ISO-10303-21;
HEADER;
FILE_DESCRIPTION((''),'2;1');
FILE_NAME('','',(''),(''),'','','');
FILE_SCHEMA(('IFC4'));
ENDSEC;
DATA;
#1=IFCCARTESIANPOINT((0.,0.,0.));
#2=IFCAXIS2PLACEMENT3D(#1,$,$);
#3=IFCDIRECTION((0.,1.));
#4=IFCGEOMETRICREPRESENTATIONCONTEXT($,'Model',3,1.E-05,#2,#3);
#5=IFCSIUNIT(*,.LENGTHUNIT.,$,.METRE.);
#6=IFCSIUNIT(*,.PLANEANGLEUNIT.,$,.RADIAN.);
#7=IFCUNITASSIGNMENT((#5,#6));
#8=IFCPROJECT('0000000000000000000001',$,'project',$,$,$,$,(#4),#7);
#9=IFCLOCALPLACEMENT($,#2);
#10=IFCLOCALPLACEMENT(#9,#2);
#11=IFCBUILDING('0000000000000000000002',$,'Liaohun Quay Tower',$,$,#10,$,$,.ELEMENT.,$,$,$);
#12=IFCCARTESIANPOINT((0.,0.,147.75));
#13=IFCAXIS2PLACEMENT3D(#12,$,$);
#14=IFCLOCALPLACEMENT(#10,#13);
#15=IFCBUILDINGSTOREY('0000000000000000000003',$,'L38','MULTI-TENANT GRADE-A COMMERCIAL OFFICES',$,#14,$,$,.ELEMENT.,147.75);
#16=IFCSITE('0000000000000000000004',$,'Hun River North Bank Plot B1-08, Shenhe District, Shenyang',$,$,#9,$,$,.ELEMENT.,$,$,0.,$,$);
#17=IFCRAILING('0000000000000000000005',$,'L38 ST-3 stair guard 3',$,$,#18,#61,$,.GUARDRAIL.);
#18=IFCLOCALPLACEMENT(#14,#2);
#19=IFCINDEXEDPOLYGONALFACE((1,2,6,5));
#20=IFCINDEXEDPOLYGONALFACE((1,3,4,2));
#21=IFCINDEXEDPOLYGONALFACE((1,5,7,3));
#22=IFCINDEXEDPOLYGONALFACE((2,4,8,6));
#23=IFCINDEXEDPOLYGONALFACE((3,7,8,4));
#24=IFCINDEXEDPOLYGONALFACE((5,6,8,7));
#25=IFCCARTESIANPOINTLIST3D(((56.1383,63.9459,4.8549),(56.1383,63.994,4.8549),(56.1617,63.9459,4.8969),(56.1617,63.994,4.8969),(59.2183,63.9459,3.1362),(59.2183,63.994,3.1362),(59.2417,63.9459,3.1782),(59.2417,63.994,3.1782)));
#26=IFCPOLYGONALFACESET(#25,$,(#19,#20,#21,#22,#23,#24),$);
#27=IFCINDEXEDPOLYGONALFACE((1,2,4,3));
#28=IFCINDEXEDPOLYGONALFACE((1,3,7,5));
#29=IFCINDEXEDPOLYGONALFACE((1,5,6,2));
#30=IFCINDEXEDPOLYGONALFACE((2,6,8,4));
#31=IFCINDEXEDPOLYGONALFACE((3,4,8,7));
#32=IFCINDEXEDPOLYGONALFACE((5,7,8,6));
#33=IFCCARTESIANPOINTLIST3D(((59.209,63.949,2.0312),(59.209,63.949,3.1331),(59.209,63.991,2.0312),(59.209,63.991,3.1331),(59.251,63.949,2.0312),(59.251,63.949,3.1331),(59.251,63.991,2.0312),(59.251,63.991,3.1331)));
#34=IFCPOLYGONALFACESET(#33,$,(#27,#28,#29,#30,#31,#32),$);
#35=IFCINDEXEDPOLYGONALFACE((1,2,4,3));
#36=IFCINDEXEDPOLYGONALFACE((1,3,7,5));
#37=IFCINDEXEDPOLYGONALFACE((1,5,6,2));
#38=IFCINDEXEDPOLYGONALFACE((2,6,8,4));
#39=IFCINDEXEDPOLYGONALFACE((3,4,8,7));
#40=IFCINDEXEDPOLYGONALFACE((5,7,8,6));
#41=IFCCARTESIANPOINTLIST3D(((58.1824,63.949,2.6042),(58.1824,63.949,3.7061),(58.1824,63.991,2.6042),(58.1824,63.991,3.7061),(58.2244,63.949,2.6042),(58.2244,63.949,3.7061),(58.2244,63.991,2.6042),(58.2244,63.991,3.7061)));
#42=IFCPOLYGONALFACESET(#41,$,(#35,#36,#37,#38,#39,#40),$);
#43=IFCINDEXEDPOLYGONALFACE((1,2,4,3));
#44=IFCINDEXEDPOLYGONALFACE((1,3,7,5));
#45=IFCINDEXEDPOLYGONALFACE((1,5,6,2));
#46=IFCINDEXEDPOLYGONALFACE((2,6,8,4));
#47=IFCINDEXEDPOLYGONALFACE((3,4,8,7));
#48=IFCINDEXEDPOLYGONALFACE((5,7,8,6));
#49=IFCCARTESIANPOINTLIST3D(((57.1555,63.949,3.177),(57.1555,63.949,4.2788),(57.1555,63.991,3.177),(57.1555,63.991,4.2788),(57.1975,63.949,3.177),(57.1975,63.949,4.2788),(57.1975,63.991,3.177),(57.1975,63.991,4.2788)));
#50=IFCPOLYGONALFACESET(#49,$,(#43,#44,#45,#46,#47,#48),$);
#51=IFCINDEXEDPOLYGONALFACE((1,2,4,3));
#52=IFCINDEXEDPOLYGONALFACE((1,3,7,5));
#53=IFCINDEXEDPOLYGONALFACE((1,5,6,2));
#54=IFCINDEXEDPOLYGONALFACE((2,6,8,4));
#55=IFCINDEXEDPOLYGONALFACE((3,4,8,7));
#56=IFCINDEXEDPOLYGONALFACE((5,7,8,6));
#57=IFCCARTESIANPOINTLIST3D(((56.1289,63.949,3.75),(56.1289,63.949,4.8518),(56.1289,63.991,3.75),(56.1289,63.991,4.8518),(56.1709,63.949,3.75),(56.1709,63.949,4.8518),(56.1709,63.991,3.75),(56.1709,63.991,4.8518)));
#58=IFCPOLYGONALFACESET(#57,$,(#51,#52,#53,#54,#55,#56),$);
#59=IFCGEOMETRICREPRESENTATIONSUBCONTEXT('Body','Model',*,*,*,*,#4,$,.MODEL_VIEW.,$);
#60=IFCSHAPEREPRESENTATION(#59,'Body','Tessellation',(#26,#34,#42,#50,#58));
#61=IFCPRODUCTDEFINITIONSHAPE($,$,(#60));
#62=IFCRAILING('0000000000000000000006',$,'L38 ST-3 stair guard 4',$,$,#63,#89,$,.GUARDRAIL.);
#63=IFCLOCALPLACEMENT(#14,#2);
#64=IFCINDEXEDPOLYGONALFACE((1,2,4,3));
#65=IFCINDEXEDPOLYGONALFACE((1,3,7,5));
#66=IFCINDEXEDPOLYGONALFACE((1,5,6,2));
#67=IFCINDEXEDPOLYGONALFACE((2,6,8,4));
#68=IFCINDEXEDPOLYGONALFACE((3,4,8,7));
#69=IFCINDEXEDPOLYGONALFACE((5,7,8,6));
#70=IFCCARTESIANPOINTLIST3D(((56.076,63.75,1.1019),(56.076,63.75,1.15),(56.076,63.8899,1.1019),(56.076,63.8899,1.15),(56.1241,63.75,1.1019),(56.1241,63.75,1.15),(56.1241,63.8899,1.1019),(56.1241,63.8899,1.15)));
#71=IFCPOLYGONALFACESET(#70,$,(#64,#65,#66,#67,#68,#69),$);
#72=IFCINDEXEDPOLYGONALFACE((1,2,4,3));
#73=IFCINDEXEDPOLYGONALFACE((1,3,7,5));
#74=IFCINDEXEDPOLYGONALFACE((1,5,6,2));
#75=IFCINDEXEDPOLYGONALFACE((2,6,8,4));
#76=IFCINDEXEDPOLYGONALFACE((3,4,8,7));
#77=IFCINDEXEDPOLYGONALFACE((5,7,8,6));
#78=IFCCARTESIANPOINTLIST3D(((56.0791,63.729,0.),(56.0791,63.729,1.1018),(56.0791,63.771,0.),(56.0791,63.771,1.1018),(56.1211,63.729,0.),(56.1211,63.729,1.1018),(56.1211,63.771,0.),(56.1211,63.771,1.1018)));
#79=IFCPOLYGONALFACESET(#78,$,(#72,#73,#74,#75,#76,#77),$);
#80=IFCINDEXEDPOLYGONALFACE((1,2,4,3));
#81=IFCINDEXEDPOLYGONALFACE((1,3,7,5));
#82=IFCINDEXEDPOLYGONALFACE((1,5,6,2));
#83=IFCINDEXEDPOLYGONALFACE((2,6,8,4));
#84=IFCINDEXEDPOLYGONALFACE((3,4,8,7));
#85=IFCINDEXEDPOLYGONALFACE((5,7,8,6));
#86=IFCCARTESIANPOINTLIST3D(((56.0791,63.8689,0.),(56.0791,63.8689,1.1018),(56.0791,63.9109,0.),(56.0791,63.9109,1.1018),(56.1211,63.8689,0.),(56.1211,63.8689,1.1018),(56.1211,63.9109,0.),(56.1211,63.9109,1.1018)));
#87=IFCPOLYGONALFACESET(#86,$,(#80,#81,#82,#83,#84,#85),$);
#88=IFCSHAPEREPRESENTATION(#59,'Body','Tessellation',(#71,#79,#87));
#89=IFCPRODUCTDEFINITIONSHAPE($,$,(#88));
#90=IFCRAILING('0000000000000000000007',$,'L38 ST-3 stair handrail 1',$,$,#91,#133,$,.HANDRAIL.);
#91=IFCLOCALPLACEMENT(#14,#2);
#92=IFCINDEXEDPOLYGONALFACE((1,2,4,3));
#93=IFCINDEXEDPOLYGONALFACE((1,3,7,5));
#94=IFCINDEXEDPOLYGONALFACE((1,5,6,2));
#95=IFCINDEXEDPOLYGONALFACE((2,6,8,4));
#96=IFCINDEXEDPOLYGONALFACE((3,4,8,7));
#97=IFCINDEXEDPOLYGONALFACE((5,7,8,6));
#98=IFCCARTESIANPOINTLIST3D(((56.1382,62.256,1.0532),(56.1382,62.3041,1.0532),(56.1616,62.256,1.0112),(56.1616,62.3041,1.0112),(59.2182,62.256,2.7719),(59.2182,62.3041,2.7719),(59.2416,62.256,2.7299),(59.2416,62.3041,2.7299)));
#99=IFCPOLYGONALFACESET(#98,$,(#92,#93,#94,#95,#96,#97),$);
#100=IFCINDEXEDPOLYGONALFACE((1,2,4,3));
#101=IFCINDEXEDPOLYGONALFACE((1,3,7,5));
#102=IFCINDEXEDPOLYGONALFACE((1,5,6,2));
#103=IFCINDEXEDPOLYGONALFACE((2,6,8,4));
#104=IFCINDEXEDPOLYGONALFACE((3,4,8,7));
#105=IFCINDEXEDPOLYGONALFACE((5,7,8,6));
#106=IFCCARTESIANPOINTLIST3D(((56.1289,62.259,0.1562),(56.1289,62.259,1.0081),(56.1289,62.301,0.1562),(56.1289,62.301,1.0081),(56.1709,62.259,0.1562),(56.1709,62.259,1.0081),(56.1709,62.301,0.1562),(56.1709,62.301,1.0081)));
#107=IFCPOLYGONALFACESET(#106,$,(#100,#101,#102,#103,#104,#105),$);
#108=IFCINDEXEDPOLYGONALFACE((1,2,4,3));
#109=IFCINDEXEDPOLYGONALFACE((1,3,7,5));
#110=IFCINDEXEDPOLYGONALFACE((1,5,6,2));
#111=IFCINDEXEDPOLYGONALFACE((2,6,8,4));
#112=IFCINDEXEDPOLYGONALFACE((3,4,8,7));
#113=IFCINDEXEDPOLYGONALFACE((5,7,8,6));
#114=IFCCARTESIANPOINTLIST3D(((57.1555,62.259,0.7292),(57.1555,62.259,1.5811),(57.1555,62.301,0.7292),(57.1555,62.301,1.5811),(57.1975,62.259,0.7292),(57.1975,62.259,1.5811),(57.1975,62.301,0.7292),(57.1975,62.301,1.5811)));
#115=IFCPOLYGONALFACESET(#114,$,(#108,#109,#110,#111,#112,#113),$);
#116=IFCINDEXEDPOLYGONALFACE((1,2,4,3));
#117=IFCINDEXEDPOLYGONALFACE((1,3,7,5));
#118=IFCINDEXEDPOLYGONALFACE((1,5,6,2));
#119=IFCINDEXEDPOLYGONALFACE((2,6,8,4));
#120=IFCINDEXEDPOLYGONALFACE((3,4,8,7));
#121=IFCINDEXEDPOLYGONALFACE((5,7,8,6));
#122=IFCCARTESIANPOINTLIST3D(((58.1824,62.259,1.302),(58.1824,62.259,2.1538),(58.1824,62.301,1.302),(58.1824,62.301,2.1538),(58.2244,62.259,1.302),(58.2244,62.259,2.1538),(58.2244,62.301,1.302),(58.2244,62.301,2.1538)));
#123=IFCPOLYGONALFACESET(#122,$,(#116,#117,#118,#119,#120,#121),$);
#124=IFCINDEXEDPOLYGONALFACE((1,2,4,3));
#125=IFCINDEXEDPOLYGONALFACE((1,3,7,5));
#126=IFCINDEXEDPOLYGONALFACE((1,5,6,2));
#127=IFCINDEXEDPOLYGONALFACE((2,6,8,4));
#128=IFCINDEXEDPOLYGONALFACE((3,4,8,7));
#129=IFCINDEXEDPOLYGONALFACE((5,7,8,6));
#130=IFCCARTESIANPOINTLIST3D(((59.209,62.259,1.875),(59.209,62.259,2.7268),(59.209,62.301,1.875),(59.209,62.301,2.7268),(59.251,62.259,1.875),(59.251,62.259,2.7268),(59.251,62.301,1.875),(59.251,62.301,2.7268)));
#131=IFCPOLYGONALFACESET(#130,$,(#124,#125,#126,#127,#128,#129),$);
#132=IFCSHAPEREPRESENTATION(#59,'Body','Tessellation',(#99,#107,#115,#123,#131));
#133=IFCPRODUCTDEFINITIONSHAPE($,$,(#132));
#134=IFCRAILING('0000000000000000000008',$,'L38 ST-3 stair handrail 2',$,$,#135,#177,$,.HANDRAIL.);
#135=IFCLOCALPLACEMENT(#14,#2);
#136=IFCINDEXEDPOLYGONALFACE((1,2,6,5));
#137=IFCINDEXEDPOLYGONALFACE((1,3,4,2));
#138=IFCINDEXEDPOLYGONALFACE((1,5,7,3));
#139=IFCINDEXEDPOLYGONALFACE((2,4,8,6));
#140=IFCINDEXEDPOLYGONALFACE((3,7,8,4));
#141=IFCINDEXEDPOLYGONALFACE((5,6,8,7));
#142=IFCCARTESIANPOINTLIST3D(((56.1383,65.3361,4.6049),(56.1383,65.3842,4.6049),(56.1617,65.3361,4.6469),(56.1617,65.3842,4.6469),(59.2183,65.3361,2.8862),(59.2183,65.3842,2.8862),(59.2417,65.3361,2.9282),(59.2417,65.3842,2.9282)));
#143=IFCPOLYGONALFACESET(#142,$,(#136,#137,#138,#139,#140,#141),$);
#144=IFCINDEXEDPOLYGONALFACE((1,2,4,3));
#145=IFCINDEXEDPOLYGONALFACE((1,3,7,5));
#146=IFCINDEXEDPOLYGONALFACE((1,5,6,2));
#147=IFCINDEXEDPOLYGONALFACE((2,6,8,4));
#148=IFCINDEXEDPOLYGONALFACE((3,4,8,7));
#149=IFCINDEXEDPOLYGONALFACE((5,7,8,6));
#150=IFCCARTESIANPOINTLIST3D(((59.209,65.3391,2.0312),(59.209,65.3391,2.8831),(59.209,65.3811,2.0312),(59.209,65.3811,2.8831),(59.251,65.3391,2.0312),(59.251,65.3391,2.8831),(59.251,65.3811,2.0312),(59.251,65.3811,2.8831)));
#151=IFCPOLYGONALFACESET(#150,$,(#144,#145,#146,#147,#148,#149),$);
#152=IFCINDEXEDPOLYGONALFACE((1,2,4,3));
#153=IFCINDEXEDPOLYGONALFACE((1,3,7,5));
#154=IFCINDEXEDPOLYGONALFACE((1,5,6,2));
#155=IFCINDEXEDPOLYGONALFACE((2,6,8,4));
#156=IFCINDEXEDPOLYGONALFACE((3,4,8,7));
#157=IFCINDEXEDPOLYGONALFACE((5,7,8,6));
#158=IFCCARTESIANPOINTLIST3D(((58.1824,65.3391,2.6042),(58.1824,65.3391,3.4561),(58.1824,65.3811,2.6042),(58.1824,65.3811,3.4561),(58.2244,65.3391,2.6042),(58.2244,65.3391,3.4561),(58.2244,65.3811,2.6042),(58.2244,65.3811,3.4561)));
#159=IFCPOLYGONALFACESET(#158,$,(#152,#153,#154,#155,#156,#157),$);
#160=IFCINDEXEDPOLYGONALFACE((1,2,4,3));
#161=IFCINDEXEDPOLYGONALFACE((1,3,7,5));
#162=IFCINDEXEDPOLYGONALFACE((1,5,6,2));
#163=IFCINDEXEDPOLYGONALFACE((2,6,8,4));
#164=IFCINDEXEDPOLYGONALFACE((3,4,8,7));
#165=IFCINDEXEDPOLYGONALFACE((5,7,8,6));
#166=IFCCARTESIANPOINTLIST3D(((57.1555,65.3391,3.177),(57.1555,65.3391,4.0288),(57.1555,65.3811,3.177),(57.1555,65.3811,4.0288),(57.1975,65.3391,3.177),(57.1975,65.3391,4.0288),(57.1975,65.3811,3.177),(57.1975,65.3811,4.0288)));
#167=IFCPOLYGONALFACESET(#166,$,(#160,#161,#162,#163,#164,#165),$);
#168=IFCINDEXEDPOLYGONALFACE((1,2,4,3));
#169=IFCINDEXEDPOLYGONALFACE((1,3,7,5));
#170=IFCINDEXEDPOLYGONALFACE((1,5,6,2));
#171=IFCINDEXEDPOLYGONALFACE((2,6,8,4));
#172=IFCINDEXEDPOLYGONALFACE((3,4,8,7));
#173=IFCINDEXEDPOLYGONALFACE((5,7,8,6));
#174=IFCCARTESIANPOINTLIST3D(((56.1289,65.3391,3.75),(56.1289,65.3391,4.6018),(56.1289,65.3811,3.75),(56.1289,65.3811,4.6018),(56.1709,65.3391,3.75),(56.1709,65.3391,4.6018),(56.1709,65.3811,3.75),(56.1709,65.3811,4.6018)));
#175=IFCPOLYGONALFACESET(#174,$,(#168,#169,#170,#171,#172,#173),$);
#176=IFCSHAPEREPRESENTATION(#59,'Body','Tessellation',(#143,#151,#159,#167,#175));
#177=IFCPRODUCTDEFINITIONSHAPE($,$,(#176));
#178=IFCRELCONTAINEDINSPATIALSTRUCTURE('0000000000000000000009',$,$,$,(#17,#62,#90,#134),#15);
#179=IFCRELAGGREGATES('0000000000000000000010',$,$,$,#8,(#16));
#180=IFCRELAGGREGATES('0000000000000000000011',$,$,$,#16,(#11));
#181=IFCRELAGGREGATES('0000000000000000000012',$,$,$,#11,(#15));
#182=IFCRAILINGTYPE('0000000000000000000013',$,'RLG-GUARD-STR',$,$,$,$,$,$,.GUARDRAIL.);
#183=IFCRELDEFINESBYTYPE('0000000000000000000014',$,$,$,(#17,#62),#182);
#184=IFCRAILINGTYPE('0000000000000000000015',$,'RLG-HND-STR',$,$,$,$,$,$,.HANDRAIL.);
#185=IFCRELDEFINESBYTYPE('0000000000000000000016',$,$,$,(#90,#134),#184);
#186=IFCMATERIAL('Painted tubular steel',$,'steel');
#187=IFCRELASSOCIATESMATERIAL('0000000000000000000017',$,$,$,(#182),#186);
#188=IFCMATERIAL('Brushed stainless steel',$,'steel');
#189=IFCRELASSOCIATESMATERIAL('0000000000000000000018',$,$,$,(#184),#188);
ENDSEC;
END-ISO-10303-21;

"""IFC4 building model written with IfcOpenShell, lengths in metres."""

from ifc_helpers import new_model, si_unit, direction, frame, origin, origin_2d, place, context, subcontext, project, spatial, rectangle, extrude, material, type_object, element, save


model = new_model("IFC4")

# Units and contexts
model_context = context("Model", 3, precision=1e-05, world=origin(), true_north=direction((0.0, 1.0)))
body_context = subcontext(model_context, "Body", "Model", "MODEL_VIEW")
ifc_project = project(units=[si_unit("LENGTHUNIT", "METRE"), si_unit("PLANEANGLEUNIT", "RADIAN")], contexts=[model_context])

# Site, building, storey
site_placement = place(None, origin())
site = spatial("IfcSite", under=ifc_project, at=site_placement, Name="Hun River North Bank Plot B1-08, Shenhe District, Shenyang", CompositionType="ELEMENT", RefElevation=0.0)
building_placement = place(site_placement, origin())
building = spatial("IfcBuilding", under=site, at=building_placement, Name="Liaohun Quay Tower", CompositionType="ELEMENT")
storey_placement = place(building_placement, frame((0.0, 0.0, 147.75)))
storey = spatial("IfcBuildingStorey", under=building, at=storey_placement, Name="L38", Description="MULTI-TENANT GRADE-A COMMERCIAL OFFICES", CompositionType="ELEMENT", Elevation=147.75)

# Railings
ifc_material_1 = material(Name="Painted tubular steel", Category="steel")
railing_type_1 = type_object("IfcRailingType", Name="RLG-GUARD-STR", PredefinedType="GUARDRAIL", material=ifc_material_1)
railing_1_placement = place(storey_placement, frame((59.23, 63.97, 2.0312)))
element("IfcRailing", 1, at=railing_1_placement, inside=storey, type_object=railing_type_1, Name="L38 ST-3 stair guard 3", PredefinedType="GUARDRAIL", context=body_context, shape_type="SweptSolid", body=[
    extrude(rectangle(XDim=0.0481, YDim=0.0481, at=origin_2d()), frame((0.0, 0.0, 1.126), z_axis=(-0.873242, 0.0, 0.487288), x_axis=(0.0, -1.0, 0.0)), (0.0, 0.0, 1.0), 3.5271),
    extrude(rectangle(XDim=0.042, YDim=0.042, at=origin_2d()), origin(), (0.0, 0.0, 1.0), 1.1018),
    extrude(rectangle(XDim=0.042, YDim=0.042, at=origin_2d()), frame((-1.0266, 0.0, 0.573)), (0.0, 0.0, 1.0), 1.1018),
    extrude(rectangle(XDim=0.042, YDim=0.042, at=origin_2d()), frame((-2.0535, 0.0, 1.1458)), (0.0, 0.0, 1.0), 1.1018),
    extrude(rectangle(XDim=0.042, YDim=0.042, at=origin_2d()), frame((-3.0801, 0.0, 1.7188)), (0.0, 0.0, 1.0), 1.1018),
])
railing_2_placement = place(storey_placement, frame((56.1001, 63.75, 0.0)))
element("IfcRailing", 2, at=railing_2_placement, inside=storey, type_object=railing_type_1, Name="L38 ST-3 stair guard 4", PredefinedType="GUARDRAIL", context=body_context, shape_type="SweptSolid", body=[
    extrude(rectangle(XDim=0.0481, YDim=0.0481, at=origin_2d()), frame((0.0, 0.0, 1.126), z_axis=(0.0, 1.0, 0.0), x_axis=(-1.0, 0.0, 0.0)), (0.0, 0.0, 1.0), 0.1399),
    extrude(rectangle(XDim=0.042, YDim=0.042, at=origin_2d()), origin(), (0.0, 0.0, 1.0), 1.1018),
    extrude(rectangle(XDim=0.042, YDim=0.042, at=origin_2d()), frame((0.0, 0.1399, 0.0)), (0.0, 0.0, 1.0), 1.1018),
])
ifc_material_2 = material(Name="Brushed stainless steel", Category="steel")
railing_type_2 = type_object("IfcRailingType", Name="RLG-HND-STR", PredefinedType="HANDRAIL", material=ifc_material_2)
railing_3_placement = place(storey_placement, frame((56.1499, 62.28, 0.1562)))
element("IfcRailing", 3, at=railing_3_placement, inside=storey, type_object=railing_type_2, Name="L38 ST-3 stair handrail 1", PredefinedType="HANDRAIL", context=body_context, shape_type="SweptSolid", body=[
    extrude(rectangle(XDim=0.0481, YDim=0.0481, at=origin_2d()), frame((0.0, 0.0, 0.876), z_axis=(0.873242, 0.0, 0.487288), x_axis=(0.0, 1.0, 0.0)), (0.0, 0.0, 1.0), 3.5271),
    extrude(rectangle(XDim=0.042, YDim=0.042, at=origin_2d()), origin(), (0.0, 0.0, 1.0), 0.8518),
    extrude(rectangle(XDim=0.042, YDim=0.042, at=origin_2d()), frame((1.0266, 0.0, 0.573)), (0.0, 0.0, 1.0), 0.8518),
    extrude(rectangle(XDim=0.042, YDim=0.042, at=origin_2d()), frame((2.0535, 0.0, 1.1458)), (0.0, 0.0, 1.0), 0.8518),
    extrude(rectangle(XDim=0.042, YDim=0.042, at=origin_2d()), frame((3.0801, 0.0, 1.7188)), (0.0, 0.0, 1.0), 0.8518),
])
railing_4_placement = place(storey_placement, frame((59.23, 65.3601, 2.0312)))
element("IfcRailing", 4, at=railing_4_placement, inside=storey, type_object=railing_type_2, Name="L38 ST-3 stair handrail 2", PredefinedType="HANDRAIL", context=body_context, shape_type="SweptSolid", body=[
    extrude(rectangle(XDim=0.0481, YDim=0.0481, at=origin_2d()), frame((0.0, 0.0, 0.876), z_axis=(-0.873242, 0.0, 0.487288), x_axis=(0.0, -1.0, 0.0)), (0.0, 0.0, 1.0), 3.5271),
    extrude(rectangle(XDim=0.042, YDim=0.042, at=origin_2d()), origin(), (0.0, 0.0, 1.0), 0.8518),
    extrude(rectangle(XDim=0.042, YDim=0.042, at=origin_2d()), frame((-1.0266, 0.0, 0.573)), (0.0, 0.0, 1.0), 0.8518),
    extrude(rectangle(XDim=0.042, YDim=0.042, at=origin_2d()), frame((-2.0535, 0.0, 1.1458)), (0.0, 0.0, 1.0), 0.8518),
    extrude(rectangle(XDim=0.042, YDim=0.042, at=origin_2d()), frame((-3.0801, 0.0, 1.7188)), (0.0, 0.0, 1.0), 0.8518),
])

save(model, "model.ifc")
